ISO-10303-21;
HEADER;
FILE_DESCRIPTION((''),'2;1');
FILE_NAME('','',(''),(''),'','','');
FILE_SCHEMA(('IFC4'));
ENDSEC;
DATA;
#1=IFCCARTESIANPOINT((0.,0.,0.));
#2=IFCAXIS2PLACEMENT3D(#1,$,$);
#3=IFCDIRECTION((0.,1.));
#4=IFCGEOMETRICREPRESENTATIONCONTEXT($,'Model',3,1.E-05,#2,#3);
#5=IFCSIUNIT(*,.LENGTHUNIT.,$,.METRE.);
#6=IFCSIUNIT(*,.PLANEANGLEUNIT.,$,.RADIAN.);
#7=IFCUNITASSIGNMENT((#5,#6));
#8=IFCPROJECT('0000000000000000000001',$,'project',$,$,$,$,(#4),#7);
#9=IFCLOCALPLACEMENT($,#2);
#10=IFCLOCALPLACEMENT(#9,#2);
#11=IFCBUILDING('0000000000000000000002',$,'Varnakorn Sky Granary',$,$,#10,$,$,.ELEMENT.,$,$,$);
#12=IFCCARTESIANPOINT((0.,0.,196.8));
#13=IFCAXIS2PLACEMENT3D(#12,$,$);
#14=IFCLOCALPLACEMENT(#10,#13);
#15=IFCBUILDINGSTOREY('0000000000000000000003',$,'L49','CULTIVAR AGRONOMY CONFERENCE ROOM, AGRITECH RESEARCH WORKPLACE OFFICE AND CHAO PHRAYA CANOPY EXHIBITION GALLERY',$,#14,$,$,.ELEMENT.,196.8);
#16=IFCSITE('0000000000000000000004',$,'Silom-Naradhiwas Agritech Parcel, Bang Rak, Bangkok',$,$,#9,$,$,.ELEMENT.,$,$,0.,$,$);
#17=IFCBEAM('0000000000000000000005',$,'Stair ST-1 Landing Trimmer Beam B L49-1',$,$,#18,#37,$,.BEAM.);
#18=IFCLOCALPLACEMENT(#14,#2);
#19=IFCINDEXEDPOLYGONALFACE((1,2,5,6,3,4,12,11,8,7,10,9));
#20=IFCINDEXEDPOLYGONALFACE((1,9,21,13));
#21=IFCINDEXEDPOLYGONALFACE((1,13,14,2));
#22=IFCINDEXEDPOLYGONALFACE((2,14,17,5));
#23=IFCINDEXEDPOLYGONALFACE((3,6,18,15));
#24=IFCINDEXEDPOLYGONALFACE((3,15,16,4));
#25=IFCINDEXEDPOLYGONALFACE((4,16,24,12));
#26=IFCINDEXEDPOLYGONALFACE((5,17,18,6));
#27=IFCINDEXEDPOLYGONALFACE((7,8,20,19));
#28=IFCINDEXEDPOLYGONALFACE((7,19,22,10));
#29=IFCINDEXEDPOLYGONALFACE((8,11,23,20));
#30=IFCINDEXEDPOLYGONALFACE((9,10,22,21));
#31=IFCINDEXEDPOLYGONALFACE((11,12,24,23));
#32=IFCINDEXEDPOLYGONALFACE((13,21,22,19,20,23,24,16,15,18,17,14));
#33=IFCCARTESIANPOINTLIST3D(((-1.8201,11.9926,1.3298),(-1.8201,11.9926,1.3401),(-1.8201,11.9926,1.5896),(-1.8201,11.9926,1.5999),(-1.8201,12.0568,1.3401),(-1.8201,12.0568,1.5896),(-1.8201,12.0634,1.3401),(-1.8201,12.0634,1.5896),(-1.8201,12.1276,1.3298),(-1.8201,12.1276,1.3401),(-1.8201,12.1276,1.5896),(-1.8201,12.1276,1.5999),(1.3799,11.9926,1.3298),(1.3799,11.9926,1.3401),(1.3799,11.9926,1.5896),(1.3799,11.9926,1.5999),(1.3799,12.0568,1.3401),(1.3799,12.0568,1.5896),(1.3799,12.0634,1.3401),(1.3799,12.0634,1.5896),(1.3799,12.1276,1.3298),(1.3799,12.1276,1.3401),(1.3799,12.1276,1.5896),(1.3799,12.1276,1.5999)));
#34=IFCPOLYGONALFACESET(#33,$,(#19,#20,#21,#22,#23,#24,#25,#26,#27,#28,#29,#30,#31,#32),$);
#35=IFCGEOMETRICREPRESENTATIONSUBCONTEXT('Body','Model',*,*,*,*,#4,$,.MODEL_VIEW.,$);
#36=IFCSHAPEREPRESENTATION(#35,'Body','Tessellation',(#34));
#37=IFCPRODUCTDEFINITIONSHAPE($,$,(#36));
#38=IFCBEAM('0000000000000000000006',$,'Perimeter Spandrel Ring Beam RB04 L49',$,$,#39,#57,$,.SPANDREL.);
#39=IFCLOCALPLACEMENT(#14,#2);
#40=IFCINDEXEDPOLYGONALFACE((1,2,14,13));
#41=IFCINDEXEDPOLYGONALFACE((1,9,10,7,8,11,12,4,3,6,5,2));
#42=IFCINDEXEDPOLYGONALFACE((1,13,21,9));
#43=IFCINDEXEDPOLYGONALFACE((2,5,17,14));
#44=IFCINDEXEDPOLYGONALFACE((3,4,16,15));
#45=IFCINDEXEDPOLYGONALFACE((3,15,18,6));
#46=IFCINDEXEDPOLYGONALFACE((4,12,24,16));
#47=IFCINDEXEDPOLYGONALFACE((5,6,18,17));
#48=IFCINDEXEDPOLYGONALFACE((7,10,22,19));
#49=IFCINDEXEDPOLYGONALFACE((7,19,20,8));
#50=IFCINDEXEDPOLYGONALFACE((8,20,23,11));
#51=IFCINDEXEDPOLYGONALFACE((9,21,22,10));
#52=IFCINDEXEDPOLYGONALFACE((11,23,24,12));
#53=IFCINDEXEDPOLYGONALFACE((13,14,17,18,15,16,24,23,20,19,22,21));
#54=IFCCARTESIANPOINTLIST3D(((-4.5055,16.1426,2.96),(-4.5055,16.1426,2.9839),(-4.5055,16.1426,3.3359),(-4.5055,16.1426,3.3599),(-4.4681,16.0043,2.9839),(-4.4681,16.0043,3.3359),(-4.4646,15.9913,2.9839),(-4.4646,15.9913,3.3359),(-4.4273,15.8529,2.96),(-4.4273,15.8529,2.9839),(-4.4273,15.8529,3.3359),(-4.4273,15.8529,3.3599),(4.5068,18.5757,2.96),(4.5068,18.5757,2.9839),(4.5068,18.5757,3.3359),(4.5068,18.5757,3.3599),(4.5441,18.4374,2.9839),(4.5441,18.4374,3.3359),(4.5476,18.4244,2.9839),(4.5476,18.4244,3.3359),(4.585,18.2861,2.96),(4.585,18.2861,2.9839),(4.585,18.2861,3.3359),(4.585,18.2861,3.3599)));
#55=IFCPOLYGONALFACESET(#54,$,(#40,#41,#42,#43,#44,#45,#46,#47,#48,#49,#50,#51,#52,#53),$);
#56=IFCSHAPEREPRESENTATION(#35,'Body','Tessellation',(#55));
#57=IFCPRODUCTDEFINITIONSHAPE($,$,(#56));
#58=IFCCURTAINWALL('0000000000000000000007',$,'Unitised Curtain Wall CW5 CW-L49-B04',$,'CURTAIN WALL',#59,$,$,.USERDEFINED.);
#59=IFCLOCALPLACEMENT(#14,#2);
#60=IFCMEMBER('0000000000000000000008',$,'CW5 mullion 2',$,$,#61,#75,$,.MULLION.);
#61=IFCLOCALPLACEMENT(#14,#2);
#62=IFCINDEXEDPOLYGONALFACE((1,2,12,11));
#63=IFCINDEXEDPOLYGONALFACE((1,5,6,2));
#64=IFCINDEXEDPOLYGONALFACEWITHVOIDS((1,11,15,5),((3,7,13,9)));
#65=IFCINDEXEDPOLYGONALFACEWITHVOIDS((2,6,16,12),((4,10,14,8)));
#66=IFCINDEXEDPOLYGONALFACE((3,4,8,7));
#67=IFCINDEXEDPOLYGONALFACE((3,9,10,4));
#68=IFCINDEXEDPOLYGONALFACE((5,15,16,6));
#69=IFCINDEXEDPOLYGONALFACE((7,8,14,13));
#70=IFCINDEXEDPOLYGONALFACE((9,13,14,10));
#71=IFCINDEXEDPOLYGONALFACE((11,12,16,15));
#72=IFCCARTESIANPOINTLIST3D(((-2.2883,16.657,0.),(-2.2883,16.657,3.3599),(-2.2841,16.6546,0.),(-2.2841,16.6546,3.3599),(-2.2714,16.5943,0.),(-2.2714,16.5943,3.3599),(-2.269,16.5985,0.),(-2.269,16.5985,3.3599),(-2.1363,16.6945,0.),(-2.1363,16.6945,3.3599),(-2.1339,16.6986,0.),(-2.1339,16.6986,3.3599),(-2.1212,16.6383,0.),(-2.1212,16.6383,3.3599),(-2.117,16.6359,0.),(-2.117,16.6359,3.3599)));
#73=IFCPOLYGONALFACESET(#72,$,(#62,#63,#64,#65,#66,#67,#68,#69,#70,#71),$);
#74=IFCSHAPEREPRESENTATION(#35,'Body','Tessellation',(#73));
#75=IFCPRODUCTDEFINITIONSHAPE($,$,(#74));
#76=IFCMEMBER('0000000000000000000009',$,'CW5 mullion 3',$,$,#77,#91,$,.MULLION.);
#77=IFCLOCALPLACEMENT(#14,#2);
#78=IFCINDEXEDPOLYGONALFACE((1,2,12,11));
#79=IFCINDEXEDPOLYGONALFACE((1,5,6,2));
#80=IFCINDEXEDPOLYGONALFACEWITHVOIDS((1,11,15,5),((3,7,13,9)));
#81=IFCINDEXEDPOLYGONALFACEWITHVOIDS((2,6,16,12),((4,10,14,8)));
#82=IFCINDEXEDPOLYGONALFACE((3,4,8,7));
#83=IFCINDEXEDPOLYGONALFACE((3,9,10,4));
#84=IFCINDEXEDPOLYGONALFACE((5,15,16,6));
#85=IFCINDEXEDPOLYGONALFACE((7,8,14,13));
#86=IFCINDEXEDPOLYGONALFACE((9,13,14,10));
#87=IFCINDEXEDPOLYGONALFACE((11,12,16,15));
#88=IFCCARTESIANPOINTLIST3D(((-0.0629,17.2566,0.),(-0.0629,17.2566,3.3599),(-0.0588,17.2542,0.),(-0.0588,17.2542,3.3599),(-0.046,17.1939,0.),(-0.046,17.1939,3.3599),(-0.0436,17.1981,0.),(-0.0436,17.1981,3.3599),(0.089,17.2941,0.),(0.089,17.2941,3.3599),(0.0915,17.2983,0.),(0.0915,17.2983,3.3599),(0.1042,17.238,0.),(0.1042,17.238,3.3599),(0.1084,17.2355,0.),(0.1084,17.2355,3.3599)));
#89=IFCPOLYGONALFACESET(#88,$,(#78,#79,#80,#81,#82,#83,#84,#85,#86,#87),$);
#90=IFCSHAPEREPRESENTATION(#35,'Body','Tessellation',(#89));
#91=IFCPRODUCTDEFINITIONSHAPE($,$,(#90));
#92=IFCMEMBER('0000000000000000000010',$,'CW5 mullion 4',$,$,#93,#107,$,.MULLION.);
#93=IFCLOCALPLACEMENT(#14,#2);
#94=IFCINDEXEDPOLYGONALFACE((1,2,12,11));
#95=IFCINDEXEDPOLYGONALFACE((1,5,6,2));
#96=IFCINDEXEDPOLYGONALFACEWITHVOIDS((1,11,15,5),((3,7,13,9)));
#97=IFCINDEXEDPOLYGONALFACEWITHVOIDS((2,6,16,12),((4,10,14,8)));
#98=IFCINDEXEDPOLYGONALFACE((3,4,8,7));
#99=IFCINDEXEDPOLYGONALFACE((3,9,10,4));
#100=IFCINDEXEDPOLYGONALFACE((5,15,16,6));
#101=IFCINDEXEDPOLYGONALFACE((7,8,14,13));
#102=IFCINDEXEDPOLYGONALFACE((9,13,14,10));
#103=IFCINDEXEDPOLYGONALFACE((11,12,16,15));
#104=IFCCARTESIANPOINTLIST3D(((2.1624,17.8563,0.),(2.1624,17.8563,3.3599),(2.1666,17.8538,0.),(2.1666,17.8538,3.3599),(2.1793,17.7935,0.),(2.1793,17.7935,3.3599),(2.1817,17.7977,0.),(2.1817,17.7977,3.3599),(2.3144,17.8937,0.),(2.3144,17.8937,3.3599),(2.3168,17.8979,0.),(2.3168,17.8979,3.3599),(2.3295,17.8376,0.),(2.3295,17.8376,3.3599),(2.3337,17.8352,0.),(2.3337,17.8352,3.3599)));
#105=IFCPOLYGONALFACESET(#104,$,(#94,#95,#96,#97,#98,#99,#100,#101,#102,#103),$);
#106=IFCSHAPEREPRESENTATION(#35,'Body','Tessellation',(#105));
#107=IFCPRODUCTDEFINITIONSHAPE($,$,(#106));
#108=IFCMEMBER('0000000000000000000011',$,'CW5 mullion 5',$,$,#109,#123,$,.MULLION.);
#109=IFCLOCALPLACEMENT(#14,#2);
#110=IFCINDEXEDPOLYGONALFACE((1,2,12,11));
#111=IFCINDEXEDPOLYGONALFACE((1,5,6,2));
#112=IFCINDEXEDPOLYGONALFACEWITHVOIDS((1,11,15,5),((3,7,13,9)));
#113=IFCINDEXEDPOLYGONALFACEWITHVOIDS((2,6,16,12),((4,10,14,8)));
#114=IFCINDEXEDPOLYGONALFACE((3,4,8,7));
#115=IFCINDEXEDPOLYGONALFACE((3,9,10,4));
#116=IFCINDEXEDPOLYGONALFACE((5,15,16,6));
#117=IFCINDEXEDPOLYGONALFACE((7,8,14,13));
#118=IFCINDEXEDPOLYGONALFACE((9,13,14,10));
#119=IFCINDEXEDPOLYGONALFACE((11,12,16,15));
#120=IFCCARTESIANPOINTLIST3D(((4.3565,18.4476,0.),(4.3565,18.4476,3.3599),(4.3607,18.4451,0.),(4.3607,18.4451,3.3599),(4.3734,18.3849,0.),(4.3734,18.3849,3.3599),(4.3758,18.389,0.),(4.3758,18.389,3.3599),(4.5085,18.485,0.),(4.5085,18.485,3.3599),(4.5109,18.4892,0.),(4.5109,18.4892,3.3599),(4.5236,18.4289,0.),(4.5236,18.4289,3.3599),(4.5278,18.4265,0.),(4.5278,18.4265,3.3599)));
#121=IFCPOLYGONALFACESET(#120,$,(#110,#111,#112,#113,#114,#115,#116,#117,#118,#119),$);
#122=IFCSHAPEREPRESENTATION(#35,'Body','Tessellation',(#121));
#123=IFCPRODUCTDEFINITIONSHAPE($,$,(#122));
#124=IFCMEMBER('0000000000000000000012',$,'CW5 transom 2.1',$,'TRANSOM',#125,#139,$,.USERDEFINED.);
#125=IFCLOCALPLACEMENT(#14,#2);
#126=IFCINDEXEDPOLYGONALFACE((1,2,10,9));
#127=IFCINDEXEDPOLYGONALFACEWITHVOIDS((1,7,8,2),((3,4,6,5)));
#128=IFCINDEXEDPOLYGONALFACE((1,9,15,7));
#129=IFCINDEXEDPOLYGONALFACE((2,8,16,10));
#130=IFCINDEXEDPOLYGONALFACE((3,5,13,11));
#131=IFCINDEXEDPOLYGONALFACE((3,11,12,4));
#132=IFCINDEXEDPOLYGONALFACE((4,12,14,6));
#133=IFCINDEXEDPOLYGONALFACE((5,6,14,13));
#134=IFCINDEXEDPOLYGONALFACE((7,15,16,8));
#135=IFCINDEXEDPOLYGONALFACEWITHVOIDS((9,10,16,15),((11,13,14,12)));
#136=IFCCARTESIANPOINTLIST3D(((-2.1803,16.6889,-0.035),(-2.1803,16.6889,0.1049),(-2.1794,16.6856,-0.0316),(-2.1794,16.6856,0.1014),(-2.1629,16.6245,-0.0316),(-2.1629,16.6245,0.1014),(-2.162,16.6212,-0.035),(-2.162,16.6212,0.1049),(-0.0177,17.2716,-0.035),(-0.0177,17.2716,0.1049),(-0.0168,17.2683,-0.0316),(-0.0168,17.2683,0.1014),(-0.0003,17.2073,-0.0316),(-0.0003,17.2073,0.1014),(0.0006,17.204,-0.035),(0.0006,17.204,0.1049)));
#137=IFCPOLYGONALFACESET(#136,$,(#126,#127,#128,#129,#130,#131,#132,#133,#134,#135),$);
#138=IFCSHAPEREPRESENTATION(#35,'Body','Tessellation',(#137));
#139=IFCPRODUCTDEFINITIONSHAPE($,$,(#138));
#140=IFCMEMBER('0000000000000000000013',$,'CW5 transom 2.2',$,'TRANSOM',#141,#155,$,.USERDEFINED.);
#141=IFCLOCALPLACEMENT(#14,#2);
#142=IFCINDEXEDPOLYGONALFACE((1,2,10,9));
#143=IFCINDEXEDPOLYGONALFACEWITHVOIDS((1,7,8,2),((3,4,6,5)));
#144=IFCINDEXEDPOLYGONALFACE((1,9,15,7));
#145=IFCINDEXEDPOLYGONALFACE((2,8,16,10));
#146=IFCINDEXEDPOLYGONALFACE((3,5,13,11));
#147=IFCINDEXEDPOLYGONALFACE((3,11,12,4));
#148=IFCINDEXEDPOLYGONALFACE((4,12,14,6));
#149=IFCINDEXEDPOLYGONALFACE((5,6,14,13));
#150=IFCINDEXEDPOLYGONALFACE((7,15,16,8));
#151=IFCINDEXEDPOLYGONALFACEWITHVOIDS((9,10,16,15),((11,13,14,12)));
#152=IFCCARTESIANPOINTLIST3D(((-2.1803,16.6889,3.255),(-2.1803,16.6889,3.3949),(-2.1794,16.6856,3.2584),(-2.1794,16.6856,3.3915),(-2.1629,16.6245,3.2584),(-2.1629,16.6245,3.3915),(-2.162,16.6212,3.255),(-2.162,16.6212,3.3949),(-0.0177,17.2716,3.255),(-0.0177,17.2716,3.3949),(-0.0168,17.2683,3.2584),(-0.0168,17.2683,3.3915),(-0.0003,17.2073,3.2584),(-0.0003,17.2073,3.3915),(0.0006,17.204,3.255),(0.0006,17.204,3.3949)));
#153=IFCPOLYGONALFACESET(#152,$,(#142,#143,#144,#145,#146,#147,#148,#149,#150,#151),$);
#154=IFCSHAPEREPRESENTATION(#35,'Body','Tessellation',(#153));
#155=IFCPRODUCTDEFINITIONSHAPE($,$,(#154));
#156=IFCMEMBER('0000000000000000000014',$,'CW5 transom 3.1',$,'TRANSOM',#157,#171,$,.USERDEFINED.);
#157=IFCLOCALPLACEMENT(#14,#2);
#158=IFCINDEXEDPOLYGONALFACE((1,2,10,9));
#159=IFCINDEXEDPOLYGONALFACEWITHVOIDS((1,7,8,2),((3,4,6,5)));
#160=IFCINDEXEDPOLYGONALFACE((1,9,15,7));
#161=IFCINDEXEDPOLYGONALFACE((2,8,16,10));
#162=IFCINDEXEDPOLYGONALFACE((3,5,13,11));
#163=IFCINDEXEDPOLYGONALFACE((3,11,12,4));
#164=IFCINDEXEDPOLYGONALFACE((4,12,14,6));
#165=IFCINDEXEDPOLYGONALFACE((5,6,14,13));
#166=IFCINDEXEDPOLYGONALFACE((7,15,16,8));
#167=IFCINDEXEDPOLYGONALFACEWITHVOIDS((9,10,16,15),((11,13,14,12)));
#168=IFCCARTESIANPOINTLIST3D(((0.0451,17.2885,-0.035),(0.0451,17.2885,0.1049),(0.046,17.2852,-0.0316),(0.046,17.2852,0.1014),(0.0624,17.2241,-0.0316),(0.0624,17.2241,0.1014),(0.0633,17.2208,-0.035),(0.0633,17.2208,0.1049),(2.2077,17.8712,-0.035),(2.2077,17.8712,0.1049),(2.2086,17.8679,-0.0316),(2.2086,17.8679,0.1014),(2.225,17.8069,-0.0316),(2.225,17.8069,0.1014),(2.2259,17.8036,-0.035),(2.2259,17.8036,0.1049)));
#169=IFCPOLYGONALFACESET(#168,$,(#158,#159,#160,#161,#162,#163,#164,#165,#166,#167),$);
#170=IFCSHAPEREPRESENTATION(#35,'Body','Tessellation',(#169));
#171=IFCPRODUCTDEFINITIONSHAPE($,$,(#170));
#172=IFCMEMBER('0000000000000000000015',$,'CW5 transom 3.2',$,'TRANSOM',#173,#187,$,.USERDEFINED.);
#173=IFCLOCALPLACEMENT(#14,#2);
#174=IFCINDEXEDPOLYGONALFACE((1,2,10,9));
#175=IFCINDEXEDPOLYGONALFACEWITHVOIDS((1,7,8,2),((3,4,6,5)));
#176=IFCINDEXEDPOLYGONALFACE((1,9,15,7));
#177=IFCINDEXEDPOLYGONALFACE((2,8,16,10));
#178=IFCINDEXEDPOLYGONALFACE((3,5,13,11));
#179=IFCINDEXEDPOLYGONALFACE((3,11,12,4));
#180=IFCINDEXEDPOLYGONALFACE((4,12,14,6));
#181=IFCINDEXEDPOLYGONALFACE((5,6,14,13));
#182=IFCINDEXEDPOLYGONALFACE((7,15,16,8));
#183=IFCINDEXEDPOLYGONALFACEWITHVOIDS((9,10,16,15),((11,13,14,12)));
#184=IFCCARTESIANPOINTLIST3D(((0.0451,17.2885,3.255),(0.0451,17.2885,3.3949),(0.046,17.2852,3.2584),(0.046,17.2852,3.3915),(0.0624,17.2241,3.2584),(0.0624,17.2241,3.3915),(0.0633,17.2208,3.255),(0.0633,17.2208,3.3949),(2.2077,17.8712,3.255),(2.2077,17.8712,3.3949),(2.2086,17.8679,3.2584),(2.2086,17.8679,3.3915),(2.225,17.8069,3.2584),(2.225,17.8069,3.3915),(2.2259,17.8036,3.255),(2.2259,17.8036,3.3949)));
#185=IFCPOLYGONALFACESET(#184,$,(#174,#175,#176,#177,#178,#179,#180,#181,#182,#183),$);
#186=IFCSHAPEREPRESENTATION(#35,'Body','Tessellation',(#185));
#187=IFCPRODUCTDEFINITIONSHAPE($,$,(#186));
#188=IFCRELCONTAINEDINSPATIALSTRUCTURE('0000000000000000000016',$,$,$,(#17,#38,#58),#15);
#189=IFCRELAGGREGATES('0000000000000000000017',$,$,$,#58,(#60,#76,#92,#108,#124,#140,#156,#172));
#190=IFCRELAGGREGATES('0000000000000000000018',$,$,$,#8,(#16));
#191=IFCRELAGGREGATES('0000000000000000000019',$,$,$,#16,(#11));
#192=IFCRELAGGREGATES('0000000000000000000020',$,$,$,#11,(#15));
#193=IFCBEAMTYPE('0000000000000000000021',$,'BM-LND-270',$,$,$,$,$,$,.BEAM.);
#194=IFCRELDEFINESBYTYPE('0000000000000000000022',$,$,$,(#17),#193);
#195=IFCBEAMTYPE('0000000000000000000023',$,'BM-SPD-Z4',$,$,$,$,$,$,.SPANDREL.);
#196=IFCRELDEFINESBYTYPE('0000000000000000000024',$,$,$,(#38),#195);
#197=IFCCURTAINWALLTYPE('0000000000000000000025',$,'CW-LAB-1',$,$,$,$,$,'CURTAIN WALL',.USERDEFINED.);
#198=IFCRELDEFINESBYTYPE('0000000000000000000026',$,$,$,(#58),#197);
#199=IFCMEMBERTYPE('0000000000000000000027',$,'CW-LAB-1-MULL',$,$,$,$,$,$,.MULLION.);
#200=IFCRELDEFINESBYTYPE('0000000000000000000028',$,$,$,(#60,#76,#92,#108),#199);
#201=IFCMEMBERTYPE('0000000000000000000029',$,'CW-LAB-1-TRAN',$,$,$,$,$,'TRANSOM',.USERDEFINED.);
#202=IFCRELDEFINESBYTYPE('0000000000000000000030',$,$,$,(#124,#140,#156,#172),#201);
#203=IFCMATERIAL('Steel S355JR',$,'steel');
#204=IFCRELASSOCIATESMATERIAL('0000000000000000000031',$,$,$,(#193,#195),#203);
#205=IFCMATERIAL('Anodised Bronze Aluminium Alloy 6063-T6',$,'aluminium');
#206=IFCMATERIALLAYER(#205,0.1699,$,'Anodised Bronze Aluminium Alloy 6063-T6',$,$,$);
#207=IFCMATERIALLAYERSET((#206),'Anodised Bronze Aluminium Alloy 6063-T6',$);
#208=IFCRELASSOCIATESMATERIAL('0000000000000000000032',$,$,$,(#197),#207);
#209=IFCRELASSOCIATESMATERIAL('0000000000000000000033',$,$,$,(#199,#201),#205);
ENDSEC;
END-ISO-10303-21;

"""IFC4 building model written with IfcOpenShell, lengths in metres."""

from ifc_helpers import new_model, si_unit, direction, frame, origin, origin_2d, place, context, subcontext, project, spatial, hollow_rectangle, i_section, extrude, material, layer, layer_set, material_profile, profile_set, type_object, element, aggregate, save


model = new_model("IFC4")

# Units and contexts
model_context = context("Model", 3, precision=1e-05, world=origin(), true_north=direction((0.0, 1.0)))
body_context = subcontext(model_context, "Body", "Model", "MODEL_VIEW")
ifc_project = project(units=[si_unit("LENGTHUNIT", "METRE"), si_unit("PLANEANGLEUNIT", "RADIAN")], contexts=[model_context])

# Site, building, storey
site_placement = place(None, origin())
site = spatial("IfcSite", under=ifc_project, at=site_placement, Name="Silom-Naradhiwas Agritech Parcel, Bang Rak, Bangkok", CompositionType="ELEMENT", RefElevation=0.0)
building_placement = place(site_placement, origin())
building = spatial("IfcBuilding", under=site, at=building_placement, Name="Varnakorn Sky Granary", CompositionType="ELEMENT")
storey_placement = place(building_placement, frame((0.0, 0.0, 196.8)))
storey = spatial("IfcBuildingStorey", under=building, at=storey_placement, Name="L49", Description="CULTIVAR AGRONOMY CONFERENCE ROOM, AGRITECH RESEARCH WORKPLACE OFFICE AND CHAO PHRAYA CANOPY EXHIBITION GALLERY", CompositionType="ELEMENT", Elevation=196.8)

# Beams
ifc_material_1 = material(Name="Steel S355JR", Category="steel")
ifc_material_profile_1 = material_profile(ifc_material_1, i_section(OverallWidth=0.135, OverallDepth=0.27, WebThickness=0.0066, FlangeThickness=0.0103, at=origin_2d()), Name="IPE 270")
ifc_profile_set_1 = profile_set([ifc_material_profile_1], Name="Steel S355JR")
beam_type_1 = type_object("IfcBeamType", Name="BM-LND-270", PredefinedType="BEAM", material=ifc_profile_set_1)
beam_1_placement = place(storey_placement, frame((-1.8201, 12.0601, 1.4648), z_axis=(1.0, 0.0, 0.0), x_axis=(0.0, 1.0, 0.0)))
element("IfcBeam", 1, at=beam_1_placement, inside=storey, type_object=beam_type_1, Name="Stair ST-1 Landing Trimmer Beam B L49-1", PredefinedType="BEAM", context=body_context, shape_type="SweptSolid", body=[
    extrude(i_section(OverallWidth=0.135, OverallDepth=0.27, WebThickness=0.0066, FlangeThickness=0.0103, at=origin_2d()), origin(), (0.0, 0.0, 1.0), 3.2),
])
ifc_material_profile_2 = material_profile(ifc_material_1, i_section(OverallWidth=0.3, OverallDepth=0.3999, WebThickness=0.0134, FlangeThickness=0.0239, at=origin_2d()), Name="HE 400 B")
ifc_profile_set_2 = profile_set([ifc_material_profile_2], Name="Steel S355JR")
beam_type_2 = type_object("IfcBeamType", Name="BM-SPD-Z4", PredefinedType="SPANDREL", material=ifc_profile_set_2)
beam_2_placement = place(storey_placement, frame((4.5459, 18.4309, 3.1599), z_axis=(-0.965434, -0.260647, 0.0), x_axis=(0.260647, -0.965434, 0.0)))
element("IfcBeam", 2, at=beam_2_placement, inside=storey, type_object=beam_type_2, Name="Perimeter Spandrel Ring Beam RB04 L49", PredefinedType="SPANDREL", context=body_context, shape_type="SweptSolid", body=[
    extrude(i_section(OverallWidth=0.3, OverallDepth=0.3999, WebThickness=0.0134, FlangeThickness=0.0239, at=origin_2d()), origin(), (0.0, 0.0, 1.0), 9.335),
])

# Curtain wall, members
ifc_material_2 = material(Name="Anodised Bronze Aluminium Alloy 6063-T6", Category="aluminium")
ifc_layer_1 = layer(ifc_material_2, 0.1699, Name="Anodised Bronze Aluminium Alloy 6063-T6")
ifc_layer_set_1 = layer_set([ifc_layer_1], Name="Anodised Bronze Aluminium Alloy 6063-T6")
curtain_wall_type = type_object("IfcCurtainWallType", Name="CW-LAB-1", ElementType="CURTAIN WALL", PredefinedType="USERDEFINED", material=ifc_layer_set_1)
curtain_wall_placement = place(storey_placement, origin())
curtain_wall = element("IfcCurtainWall", 3, at=curtain_wall_placement, inside=storey, type_object=curtain_wall_type, Name="Unitised Curtain Wall CW5 CW-L49-B04", ObjectType="CURTAIN WALL", PredefinedType="USERDEFINED")
ifc_material_profile_3 = material_profile(ifc_material_2, hollow_rectangle(XDim=0.0649, YDim=0.1599, WallThickness=0.0034, at=origin_2d()), Name="ALU MULL 65x160")
ifc_profile_set_3 = profile_set([ifc_material_profile_3], Name="Anodised Bronze Aluminium Alloy 6063-T6")
member_type_1 = type_object("IfcMemberType", Name="CW-LAB-1-MULL", PredefinedType="MULLION", material=ifc_profile_set_3)
member_1_placement = place(storey_placement, frame((-2.2026, 16.6465, 0.0), z_axis=(0.0, 0.0, 1.0), x_axis=(-0.260196, 0.965556, 0.0)))
member_1 = element("IfcMember", 4, at=member_1_placement, type_object=member_type_1, Name="CW5 mullion 2", PredefinedType="MULLION", context=body_context, shape_type="SweptSolid", body=[
    extrude(hollow_rectangle(XDim=0.0649, YDim=0.1599, WallThickness=0.0034, at=origin_2d()), origin(), (0.0, 0.0, 1.0), 3.3599),
])
member_2_placement = place(storey_placement, frame((0.0227, 17.2461, 0.0), z_axis=(0.0, 0.0, 1.0), x_axis=(-0.260196, 0.965556, 0.0)))
member_2 = element("IfcMember", 5, at=member_2_placement, type_object=member_type_1, Name="CW5 mullion 3", PredefinedType="MULLION", context=body_context, shape_type="SweptSolid", body=[
    extrude(hollow_rectangle(XDim=0.0649, YDim=0.1599, WallThickness=0.0034, at=origin_2d()), origin(), (0.0, 0.0, 1.0), 3.3599),
])
member_3_placement = place(storey_placement, frame((2.248, 17.8457, 0.0), z_axis=(0.0, 0.0, 1.0), x_axis=(-0.260196, 0.965556, 0.0)))
member_3 = element("IfcMember", 6, at=member_3_placement, type_object=member_type_1, Name="CW5 mullion 4", PredefinedType="MULLION", context=body_context, shape_type="SweptSolid", body=[
    extrude(hollow_rectangle(XDim=0.0649, YDim=0.1599, WallThickness=0.0034, at=origin_2d()), origin(), (0.0, 0.0, 1.0), 3.3599),
])
member_4_placement = place(storey_placement, frame((4.4421, 18.437, 0.0), z_axis=(0.0, 0.0, 1.0), x_axis=(-0.260196, 0.965556, 0.0)))
member_4 = element("IfcMember", 7, at=member_4_placement, type_object=member_type_1, Name="CW5 mullion 5", PredefinedType="MULLION", context=body_context, shape_type="SweptSolid", body=[
    extrude(hollow_rectangle(XDim=0.0649, YDim=0.1599, WallThickness=0.0034, at=origin_2d()), origin(), (0.0, 0.0, 1.0), 3.3599),
])
ifc_material_profile_4 = material_profile(ifc_material_2, hollow_rectangle(XDim=0.0701, YDim=0.1399, WallThickness=0.0034, at=origin_2d()), Name="ALU TRAN 70x140")
ifc_profile_set_4 = profile_set([ifc_material_profile_4], Name="Anodised Bronze Aluminium Alloy 6063-T6")
member_type_2 = type_object("IfcMemberType", Name="CW-LAB-1-TRAN", ElementType="TRANSOM", PredefinedType="USERDEFINED", material=ifc_profile_set_4)
member_5_placement = place(storey_placement, frame((-2.1711, 16.655, 0.0349), z_axis=(0.965557, 0.260192, 0.0), x_axis=(-0.260192, 0.965557, 0.0)))
member_5 = element("IfcMember", 8, at=member_5_placement, type_object=member_type_2, Name="CW5 transom 2.1", ObjectType="TRANSOM", PredefinedType="USERDEFINED", context=body_context, shape_type="SweptSolid", body=[
    extrude(hollow_rectangle(XDim=0.0701, YDim=0.1399, WallThickness=0.0034, at=origin_2d()), origin(), (0.0, 0.0, 1.0), 2.2397),
])
member_6_placement = place(storey_placement, frame((-2.1711, 16.655, 3.325), z_axis=(0.965557, 0.260192, 0.0), x_axis=(-0.260192, 0.965557, 0.0)))
member_6 = element("IfcMember", 9, at=member_6_placement, type_object=member_type_2, Name="CW5 transom 2.2", ObjectType="TRANSOM", PredefinedType="USERDEFINED", context=body_context, shape_type="SweptSolid", body=[
    extrude(hollow_rectangle(XDim=0.0701, YDim=0.1399, WallThickness=0.0034, at=origin_2d()), origin(), (0.0, 0.0, 1.0), 2.2397),
])
member_7_placement = place(storey_placement, frame((0.0542, 17.2546, 0.0349), z_axis=(0.965557, 0.260192, 0.0), x_axis=(-0.260192, 0.965557, 0.0)))
member_7 = element("IfcMember", 10, at=member_7_placement, type_object=member_type_2, Name="CW5 transom 3.1", ObjectType="TRANSOM", PredefinedType="USERDEFINED", context=body_context, shape_type="SweptSolid", body=[
    extrude(hollow_rectangle(XDim=0.0701, YDim=0.1399, WallThickness=0.0034, at=origin_2d()), origin(), (0.0, 0.0, 1.0), 2.2397),
])
member_8_placement = place(storey_placement, frame((0.0542, 17.2546, 3.325), z_axis=(0.965557, 0.260192, 0.0), x_axis=(-0.260192, 0.965557, 0.0)))
member_8 = element("IfcMember", 11, at=member_8_placement, type_object=member_type_2, Name="CW5 transom 3.2", ObjectType="TRANSOM", PredefinedType="USERDEFINED", context=body_context, shape_type="SweptSolid", body=[
    extrude(hollow_rectangle(XDim=0.0701, YDim=0.1399, WallThickness=0.0034, at=origin_2d()), origin(), (0.0, 0.0, 1.0), 2.2397),
])

aggregate(curtain_wall, [member_1, member_2, member_3, member_4, member_5, member_6, member_7, member_8])

save(model, "model.ifc")
